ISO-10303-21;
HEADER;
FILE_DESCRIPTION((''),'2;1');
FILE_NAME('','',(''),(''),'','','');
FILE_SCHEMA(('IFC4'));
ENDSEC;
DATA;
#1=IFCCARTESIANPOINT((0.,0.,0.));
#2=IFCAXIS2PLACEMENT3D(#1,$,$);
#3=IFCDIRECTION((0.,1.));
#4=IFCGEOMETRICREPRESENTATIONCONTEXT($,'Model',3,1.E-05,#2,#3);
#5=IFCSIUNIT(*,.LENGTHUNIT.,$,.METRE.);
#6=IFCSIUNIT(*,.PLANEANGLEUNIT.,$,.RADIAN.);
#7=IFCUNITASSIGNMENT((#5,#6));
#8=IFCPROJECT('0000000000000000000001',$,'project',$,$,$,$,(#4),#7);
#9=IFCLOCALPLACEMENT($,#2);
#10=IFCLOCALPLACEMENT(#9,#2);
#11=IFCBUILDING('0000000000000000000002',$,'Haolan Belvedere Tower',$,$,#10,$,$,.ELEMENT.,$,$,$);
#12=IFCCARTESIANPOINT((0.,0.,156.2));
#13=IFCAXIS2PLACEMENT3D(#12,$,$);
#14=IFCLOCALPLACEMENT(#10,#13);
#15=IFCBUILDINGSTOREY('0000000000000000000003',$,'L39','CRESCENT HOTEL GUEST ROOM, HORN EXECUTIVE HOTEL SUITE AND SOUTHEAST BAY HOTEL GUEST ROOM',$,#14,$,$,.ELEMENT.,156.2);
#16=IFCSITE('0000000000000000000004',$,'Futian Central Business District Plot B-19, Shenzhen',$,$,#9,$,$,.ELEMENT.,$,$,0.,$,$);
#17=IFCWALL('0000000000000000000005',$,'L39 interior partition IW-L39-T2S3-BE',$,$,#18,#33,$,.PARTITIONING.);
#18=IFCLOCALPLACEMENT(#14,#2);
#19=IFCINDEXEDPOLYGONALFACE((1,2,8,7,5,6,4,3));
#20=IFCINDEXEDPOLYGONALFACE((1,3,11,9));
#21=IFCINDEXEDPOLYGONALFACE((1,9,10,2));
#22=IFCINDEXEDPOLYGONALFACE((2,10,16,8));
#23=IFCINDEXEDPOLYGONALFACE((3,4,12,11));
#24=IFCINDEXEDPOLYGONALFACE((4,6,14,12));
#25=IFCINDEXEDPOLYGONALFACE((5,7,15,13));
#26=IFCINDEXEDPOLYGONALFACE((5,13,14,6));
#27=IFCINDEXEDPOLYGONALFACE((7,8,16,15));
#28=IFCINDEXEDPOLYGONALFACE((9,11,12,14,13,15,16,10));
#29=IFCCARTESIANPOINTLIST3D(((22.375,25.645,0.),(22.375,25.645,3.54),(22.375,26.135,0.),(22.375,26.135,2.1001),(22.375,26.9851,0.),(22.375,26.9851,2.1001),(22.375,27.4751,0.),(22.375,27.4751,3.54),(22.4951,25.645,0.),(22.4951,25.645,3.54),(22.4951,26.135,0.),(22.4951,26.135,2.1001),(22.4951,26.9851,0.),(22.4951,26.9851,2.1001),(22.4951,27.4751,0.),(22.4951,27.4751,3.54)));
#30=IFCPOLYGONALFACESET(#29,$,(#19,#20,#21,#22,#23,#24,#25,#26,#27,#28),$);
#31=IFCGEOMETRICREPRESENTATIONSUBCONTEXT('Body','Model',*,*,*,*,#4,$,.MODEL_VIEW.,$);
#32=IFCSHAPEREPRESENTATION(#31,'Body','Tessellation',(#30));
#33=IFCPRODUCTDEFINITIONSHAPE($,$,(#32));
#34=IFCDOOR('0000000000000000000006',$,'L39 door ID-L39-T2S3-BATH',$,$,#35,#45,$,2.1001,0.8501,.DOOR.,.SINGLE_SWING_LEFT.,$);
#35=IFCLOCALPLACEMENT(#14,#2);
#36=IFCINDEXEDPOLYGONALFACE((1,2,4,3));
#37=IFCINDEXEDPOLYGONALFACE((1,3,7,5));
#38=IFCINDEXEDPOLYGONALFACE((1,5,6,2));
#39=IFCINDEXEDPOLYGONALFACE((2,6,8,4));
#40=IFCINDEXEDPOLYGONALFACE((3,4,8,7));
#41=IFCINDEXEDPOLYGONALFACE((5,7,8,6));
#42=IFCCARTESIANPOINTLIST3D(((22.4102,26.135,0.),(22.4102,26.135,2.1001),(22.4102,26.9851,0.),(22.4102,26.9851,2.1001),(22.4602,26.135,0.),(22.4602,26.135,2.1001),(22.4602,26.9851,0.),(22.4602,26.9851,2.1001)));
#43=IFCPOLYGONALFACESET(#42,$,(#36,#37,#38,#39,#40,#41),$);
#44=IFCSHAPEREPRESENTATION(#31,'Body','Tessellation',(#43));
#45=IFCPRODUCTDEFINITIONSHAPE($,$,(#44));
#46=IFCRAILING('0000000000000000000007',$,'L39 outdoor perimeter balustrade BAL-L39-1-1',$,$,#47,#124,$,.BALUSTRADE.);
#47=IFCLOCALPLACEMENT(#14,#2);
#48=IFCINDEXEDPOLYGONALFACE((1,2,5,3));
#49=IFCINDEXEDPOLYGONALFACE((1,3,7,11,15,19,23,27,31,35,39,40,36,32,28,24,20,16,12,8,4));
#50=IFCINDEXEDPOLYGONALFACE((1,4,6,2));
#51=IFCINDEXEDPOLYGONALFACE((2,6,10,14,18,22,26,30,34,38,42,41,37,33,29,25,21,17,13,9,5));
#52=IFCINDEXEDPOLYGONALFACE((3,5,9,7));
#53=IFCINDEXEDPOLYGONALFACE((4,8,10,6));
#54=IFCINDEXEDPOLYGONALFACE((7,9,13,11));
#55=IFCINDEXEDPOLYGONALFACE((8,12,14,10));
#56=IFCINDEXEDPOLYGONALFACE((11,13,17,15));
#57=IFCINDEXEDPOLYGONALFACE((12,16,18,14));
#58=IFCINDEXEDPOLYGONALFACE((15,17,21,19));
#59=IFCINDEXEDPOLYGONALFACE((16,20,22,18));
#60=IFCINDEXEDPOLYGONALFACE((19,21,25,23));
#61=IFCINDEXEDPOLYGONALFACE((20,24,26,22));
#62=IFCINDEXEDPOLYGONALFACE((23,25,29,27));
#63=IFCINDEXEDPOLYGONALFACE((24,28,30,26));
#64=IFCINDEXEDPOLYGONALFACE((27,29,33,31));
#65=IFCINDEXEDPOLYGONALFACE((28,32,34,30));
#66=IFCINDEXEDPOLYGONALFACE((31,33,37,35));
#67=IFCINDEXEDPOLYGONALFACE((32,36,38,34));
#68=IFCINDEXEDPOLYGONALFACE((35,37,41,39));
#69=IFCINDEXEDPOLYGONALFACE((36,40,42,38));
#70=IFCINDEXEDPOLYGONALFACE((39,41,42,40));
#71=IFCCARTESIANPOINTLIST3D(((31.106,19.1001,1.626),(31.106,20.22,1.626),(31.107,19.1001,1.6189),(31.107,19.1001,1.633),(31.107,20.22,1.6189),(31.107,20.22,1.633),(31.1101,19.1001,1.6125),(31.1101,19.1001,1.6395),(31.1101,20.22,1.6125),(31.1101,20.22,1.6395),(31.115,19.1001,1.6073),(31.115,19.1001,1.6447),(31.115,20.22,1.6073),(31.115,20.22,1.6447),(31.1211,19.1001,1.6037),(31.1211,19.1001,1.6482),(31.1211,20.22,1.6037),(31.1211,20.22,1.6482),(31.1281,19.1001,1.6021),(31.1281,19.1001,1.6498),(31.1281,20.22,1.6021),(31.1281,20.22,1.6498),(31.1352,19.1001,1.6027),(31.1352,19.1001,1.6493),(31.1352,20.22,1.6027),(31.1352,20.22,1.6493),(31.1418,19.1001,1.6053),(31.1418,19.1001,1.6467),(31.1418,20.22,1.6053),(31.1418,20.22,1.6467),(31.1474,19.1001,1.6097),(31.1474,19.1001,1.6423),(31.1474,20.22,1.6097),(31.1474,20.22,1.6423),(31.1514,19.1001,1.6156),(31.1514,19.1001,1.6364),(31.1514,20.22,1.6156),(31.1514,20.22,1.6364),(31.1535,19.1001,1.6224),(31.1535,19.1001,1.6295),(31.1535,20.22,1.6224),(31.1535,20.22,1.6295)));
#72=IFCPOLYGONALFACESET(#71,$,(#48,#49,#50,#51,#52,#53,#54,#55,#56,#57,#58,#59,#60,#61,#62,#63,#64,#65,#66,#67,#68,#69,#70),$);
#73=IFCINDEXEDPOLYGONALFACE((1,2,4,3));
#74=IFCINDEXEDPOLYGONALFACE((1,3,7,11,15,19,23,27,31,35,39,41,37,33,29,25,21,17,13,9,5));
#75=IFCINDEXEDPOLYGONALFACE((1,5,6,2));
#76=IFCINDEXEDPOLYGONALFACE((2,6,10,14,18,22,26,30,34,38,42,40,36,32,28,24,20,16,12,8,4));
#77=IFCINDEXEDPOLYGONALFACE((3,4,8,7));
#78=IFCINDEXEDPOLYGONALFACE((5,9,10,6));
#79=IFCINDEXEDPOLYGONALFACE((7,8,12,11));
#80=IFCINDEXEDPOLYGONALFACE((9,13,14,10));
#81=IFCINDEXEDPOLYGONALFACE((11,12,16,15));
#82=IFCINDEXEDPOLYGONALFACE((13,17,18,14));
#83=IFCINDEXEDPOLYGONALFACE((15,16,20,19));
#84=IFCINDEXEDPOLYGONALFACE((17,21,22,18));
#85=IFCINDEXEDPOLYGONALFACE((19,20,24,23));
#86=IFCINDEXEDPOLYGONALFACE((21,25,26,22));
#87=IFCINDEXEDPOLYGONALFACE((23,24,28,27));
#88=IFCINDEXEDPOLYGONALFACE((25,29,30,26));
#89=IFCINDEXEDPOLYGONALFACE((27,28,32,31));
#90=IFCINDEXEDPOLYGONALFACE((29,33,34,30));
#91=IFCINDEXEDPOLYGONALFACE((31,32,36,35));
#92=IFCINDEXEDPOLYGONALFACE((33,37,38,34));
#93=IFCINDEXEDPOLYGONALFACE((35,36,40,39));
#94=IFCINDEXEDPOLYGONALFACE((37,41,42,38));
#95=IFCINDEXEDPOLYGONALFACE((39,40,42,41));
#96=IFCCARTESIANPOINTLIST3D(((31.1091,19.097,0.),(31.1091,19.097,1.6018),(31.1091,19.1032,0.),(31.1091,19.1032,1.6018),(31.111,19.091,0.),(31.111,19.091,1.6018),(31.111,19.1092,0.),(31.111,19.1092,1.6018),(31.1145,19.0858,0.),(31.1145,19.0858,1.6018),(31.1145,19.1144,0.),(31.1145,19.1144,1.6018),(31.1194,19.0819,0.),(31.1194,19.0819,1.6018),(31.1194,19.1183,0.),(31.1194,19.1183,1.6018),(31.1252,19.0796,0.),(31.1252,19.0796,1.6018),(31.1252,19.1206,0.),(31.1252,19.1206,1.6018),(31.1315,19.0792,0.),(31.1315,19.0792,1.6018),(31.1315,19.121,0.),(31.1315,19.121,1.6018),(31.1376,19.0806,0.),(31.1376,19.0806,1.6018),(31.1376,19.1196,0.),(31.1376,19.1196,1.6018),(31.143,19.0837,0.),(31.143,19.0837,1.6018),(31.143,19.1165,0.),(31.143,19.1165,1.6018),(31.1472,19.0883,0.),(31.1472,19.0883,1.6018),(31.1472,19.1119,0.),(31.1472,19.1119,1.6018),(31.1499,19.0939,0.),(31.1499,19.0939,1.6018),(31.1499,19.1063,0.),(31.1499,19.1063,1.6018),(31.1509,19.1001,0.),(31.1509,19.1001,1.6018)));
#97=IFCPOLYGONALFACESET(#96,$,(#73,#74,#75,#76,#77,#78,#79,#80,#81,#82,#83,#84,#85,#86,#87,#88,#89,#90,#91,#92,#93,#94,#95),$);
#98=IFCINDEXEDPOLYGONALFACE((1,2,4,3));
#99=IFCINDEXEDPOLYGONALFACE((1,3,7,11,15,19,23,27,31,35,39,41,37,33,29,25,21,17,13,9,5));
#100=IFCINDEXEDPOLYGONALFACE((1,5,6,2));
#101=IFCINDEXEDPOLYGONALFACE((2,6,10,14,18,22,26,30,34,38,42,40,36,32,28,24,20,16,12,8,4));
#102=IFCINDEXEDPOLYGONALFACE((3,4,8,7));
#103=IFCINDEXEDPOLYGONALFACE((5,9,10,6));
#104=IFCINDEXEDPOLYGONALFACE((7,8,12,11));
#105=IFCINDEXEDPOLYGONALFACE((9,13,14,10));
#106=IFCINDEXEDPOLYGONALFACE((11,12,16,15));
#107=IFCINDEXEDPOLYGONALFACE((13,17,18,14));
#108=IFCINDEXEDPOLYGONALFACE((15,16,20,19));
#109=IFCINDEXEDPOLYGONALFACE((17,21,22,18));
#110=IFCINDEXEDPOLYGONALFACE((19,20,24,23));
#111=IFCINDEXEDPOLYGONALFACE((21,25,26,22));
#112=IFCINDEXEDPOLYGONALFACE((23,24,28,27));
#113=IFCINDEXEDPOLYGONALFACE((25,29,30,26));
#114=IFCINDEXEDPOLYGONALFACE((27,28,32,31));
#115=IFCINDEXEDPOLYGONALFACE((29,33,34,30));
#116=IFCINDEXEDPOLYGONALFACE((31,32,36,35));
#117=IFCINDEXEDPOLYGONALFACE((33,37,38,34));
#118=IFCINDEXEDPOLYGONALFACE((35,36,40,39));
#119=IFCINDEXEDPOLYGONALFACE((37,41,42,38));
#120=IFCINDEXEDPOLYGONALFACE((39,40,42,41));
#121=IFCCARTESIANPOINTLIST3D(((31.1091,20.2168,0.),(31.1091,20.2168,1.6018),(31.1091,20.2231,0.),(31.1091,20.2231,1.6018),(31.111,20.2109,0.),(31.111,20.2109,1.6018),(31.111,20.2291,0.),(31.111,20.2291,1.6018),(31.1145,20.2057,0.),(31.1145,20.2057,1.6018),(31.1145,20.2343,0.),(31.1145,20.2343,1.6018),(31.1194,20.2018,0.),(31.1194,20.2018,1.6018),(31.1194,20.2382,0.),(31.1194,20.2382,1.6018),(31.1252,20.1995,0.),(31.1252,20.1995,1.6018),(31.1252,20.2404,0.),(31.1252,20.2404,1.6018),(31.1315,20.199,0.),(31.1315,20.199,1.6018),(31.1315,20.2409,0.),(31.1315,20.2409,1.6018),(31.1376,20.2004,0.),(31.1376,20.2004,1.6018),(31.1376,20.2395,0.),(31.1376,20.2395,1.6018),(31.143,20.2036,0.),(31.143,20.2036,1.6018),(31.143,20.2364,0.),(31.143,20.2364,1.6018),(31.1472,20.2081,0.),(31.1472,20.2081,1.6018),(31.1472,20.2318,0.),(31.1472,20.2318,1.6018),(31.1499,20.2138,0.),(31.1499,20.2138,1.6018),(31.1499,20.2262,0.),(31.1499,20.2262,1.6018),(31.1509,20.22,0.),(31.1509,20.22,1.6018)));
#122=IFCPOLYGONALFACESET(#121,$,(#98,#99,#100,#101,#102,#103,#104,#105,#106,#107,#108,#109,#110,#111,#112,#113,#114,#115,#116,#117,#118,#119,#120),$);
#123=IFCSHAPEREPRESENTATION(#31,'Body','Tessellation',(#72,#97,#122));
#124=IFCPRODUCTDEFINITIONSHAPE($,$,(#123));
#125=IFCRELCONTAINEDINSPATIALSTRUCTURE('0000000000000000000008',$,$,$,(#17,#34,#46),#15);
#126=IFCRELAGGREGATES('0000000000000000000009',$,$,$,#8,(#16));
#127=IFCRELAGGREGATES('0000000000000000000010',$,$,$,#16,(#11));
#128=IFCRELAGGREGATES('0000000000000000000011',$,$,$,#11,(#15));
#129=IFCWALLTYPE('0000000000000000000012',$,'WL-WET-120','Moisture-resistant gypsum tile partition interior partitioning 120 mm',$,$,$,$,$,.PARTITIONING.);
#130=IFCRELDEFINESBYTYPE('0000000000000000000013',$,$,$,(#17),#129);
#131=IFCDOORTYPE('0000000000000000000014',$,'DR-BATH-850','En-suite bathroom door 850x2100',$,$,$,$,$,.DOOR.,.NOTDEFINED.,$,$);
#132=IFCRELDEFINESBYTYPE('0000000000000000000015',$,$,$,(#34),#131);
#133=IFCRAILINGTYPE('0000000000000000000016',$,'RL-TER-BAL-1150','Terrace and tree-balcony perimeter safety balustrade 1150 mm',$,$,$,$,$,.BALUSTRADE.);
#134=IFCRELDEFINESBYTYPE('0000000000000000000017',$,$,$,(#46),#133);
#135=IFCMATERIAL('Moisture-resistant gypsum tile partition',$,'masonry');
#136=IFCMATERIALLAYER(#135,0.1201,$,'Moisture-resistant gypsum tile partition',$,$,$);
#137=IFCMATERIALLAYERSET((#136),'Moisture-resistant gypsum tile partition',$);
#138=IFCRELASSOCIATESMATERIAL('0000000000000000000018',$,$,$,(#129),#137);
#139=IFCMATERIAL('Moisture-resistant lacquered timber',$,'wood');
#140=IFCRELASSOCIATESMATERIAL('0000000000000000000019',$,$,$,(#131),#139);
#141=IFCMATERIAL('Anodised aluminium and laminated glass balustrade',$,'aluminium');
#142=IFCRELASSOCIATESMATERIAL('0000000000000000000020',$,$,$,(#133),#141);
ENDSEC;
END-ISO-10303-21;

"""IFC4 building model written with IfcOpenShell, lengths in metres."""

from ifc_helpers import new_model, si_unit, direction, frame, frame_2d, origin, origin_2d, place, context, subcontext, project, spatial, rectangle, circle, extrude, material, layer, layer_set, type_object, element, fill, save


model = new_model("IFC4")

# Units and contexts
model_context = context("Model", 3, precision=1e-05, world=origin(), true_north=direction((0.0, 1.0)))
body_context = subcontext(model_context, "Body", "Model", "MODEL_VIEW")
ifc_project = project(units=[si_unit("LENGTHUNIT", "METRE"), si_unit("PLANEANGLEUNIT", "RADIAN")], contexts=[model_context])

# Site, building, storey
site_placement = place(None, origin())
site = spatial("IfcSite", under=ifc_project, at=site_placement, Name="Futian Central Business District Plot B-19, Shenzhen", CompositionType="ELEMENT", RefElevation=0.0)
building_placement = place(site_placement, origin())
building = spatial("IfcBuilding", under=site, at=building_placement, Name="Haolan Belvedere Tower", CompositionType="ELEMENT")
storey_placement = place(building_placement, frame((0.0, 0.0, 156.2)))
storey = spatial("IfcBuildingStorey", under=building, at=storey_placement, Name="L39", Description="CRESCENT HOTEL GUEST ROOM, HORN EXECUTIVE HOTEL SUITE AND SOUTHEAST BAY HOTEL GUEST ROOM", CompositionType="ELEMENT", Elevation=156.2)

# Wall, opening, door
ifc_material_1 = material(Name="Moisture-resistant gypsum tile partition", Category="masonry")
ifc_layer_1 = layer(ifc_material_1, 0.1201, Name="Moisture-resistant gypsum tile partition")
ifc_layer_set_1 = layer_set([ifc_layer_1], Name="Moisture-resistant gypsum tile partition")
wall_type_1 = type_object("IfcWallType", Name="WL-WET-120", Description="Moisture-resistant gypsum tile partition interior partitioning 120 mm", PredefinedType="PARTITIONING", material=ifc_layer_set_1)
wall_1_placement = place(storey_placement, frame((22.4351, 25.645, 0.0), z_axis=(0.0, 0.0, 1.0), x_axis=(0.0, 1.0, 0.0)))
wall_1 = element("IfcWall", 1, at=wall_1_placement, inside=storey, type_object=wall_type_1, Name="L39 interior partition IW-L39-T2S3-BE", PredefinedType="PARTITIONING", context=body_context, shape_type="SweptSolid", body=[
    extrude(rectangle(XDim=1.8301, YDim=0.1201, at=frame_2d((0.915, 0.0))), origin(), (0.0, 0.0, 1.0), 3.54),
])
opening_1_placement = place(wall_1_placement, frame((0.49, 0.0, 0.0)))
opening_1 = element("IfcOpeningElement", 2, at=opening_1_placement, cuts=wall_1, PredefinedType="OPENING", context=body_context, shape_type="SweptSolid", body=[
    extrude(rectangle(XDim=0.8501, YDim=2.1001, at=frame_2d((0.425, 1.05))), frame((0.0, 0.0701, 0.0), z_axis=(0.0, -1.0, 0.0), x_axis=(1.0, 0.0, 0.0)), (0.0, 0.0, 1.0), 0.1401),
])
ifc_material_2 = material(Name="Moisture-resistant lacquered timber", Category="wood")
door_type_1 = type_object("IfcDoorType", Name="DR-BATH-850", Description="En-suite bathroom door 850x2100", OperationType="NOTDEFINED", PredefinedType="DOOR", material=ifc_material_2)
door_1_placement = place(opening_1_placement, origin())
door_1 = element("IfcDoor", 3, at=door_1_placement, inside=storey, type_object=door_type_1, Name="L39 door ID-L39-T2S3-BATH", OperationType="SINGLE_SWING_LEFT", OverallHeight=2.1001, OverallWidth=0.8501, PredefinedType="DOOR", context=body_context, shape_type="SweptSolid", body=[
    extrude(rectangle(XDim=0.8501, YDim=2.1001, at=frame_2d((0.425, 1.05))), frame((0.0, 0.0249, 0.0), z_axis=(0.0, -1.0, 0.0), x_axis=(1.0, 0.0, 0.0)), (0.0, 0.0, 1.0), 0.05),
])
fill(opening_1, door_1)

# Railing
ifc_material_3 = material(Name="Anodised aluminium and laminated glass balustrade", Category="aluminium")
railing_type = type_object("IfcRailingType", Name="RL-TER-BAL-1150", Description="Terrace and tree-balcony perimeter safety balustrade 1150 mm", PredefinedType="BALUSTRADE", material=ifc_material_3)
railing_placement = place(storey_placement, frame((31.1299, 19.1001, 0.0)))
element("IfcRailing", 4, at=railing_placement, inside=storey, type_object=railing_type, Name="L39 outdoor perimeter balustrade BAL-L39-1-1", PredefinedType="BALUSTRADE", context=body_context, shape_type="SweptSolid", body=[
    extrude(circle(Radius=0.0239, at=origin_2d()), frame((0.0, 0.0, 1.626), z_axis=(0.0, 1.0, 0.0), x_axis=(-1.0, 0.0, 0.0)), (0.0, 0.0, 1.0), 1.1199),
    extrude(circle(Radius=0.021, at=origin_2d()), origin(), (0.0, 0.0, 1.0), 1.6018),
    extrude(circle(Radius=0.021, at=origin_2d()), frame((0.0, 1.1199, 0.0)), (0.0, 0.0, 1.0), 1.6018),
])

save(model, "model.ifc")
